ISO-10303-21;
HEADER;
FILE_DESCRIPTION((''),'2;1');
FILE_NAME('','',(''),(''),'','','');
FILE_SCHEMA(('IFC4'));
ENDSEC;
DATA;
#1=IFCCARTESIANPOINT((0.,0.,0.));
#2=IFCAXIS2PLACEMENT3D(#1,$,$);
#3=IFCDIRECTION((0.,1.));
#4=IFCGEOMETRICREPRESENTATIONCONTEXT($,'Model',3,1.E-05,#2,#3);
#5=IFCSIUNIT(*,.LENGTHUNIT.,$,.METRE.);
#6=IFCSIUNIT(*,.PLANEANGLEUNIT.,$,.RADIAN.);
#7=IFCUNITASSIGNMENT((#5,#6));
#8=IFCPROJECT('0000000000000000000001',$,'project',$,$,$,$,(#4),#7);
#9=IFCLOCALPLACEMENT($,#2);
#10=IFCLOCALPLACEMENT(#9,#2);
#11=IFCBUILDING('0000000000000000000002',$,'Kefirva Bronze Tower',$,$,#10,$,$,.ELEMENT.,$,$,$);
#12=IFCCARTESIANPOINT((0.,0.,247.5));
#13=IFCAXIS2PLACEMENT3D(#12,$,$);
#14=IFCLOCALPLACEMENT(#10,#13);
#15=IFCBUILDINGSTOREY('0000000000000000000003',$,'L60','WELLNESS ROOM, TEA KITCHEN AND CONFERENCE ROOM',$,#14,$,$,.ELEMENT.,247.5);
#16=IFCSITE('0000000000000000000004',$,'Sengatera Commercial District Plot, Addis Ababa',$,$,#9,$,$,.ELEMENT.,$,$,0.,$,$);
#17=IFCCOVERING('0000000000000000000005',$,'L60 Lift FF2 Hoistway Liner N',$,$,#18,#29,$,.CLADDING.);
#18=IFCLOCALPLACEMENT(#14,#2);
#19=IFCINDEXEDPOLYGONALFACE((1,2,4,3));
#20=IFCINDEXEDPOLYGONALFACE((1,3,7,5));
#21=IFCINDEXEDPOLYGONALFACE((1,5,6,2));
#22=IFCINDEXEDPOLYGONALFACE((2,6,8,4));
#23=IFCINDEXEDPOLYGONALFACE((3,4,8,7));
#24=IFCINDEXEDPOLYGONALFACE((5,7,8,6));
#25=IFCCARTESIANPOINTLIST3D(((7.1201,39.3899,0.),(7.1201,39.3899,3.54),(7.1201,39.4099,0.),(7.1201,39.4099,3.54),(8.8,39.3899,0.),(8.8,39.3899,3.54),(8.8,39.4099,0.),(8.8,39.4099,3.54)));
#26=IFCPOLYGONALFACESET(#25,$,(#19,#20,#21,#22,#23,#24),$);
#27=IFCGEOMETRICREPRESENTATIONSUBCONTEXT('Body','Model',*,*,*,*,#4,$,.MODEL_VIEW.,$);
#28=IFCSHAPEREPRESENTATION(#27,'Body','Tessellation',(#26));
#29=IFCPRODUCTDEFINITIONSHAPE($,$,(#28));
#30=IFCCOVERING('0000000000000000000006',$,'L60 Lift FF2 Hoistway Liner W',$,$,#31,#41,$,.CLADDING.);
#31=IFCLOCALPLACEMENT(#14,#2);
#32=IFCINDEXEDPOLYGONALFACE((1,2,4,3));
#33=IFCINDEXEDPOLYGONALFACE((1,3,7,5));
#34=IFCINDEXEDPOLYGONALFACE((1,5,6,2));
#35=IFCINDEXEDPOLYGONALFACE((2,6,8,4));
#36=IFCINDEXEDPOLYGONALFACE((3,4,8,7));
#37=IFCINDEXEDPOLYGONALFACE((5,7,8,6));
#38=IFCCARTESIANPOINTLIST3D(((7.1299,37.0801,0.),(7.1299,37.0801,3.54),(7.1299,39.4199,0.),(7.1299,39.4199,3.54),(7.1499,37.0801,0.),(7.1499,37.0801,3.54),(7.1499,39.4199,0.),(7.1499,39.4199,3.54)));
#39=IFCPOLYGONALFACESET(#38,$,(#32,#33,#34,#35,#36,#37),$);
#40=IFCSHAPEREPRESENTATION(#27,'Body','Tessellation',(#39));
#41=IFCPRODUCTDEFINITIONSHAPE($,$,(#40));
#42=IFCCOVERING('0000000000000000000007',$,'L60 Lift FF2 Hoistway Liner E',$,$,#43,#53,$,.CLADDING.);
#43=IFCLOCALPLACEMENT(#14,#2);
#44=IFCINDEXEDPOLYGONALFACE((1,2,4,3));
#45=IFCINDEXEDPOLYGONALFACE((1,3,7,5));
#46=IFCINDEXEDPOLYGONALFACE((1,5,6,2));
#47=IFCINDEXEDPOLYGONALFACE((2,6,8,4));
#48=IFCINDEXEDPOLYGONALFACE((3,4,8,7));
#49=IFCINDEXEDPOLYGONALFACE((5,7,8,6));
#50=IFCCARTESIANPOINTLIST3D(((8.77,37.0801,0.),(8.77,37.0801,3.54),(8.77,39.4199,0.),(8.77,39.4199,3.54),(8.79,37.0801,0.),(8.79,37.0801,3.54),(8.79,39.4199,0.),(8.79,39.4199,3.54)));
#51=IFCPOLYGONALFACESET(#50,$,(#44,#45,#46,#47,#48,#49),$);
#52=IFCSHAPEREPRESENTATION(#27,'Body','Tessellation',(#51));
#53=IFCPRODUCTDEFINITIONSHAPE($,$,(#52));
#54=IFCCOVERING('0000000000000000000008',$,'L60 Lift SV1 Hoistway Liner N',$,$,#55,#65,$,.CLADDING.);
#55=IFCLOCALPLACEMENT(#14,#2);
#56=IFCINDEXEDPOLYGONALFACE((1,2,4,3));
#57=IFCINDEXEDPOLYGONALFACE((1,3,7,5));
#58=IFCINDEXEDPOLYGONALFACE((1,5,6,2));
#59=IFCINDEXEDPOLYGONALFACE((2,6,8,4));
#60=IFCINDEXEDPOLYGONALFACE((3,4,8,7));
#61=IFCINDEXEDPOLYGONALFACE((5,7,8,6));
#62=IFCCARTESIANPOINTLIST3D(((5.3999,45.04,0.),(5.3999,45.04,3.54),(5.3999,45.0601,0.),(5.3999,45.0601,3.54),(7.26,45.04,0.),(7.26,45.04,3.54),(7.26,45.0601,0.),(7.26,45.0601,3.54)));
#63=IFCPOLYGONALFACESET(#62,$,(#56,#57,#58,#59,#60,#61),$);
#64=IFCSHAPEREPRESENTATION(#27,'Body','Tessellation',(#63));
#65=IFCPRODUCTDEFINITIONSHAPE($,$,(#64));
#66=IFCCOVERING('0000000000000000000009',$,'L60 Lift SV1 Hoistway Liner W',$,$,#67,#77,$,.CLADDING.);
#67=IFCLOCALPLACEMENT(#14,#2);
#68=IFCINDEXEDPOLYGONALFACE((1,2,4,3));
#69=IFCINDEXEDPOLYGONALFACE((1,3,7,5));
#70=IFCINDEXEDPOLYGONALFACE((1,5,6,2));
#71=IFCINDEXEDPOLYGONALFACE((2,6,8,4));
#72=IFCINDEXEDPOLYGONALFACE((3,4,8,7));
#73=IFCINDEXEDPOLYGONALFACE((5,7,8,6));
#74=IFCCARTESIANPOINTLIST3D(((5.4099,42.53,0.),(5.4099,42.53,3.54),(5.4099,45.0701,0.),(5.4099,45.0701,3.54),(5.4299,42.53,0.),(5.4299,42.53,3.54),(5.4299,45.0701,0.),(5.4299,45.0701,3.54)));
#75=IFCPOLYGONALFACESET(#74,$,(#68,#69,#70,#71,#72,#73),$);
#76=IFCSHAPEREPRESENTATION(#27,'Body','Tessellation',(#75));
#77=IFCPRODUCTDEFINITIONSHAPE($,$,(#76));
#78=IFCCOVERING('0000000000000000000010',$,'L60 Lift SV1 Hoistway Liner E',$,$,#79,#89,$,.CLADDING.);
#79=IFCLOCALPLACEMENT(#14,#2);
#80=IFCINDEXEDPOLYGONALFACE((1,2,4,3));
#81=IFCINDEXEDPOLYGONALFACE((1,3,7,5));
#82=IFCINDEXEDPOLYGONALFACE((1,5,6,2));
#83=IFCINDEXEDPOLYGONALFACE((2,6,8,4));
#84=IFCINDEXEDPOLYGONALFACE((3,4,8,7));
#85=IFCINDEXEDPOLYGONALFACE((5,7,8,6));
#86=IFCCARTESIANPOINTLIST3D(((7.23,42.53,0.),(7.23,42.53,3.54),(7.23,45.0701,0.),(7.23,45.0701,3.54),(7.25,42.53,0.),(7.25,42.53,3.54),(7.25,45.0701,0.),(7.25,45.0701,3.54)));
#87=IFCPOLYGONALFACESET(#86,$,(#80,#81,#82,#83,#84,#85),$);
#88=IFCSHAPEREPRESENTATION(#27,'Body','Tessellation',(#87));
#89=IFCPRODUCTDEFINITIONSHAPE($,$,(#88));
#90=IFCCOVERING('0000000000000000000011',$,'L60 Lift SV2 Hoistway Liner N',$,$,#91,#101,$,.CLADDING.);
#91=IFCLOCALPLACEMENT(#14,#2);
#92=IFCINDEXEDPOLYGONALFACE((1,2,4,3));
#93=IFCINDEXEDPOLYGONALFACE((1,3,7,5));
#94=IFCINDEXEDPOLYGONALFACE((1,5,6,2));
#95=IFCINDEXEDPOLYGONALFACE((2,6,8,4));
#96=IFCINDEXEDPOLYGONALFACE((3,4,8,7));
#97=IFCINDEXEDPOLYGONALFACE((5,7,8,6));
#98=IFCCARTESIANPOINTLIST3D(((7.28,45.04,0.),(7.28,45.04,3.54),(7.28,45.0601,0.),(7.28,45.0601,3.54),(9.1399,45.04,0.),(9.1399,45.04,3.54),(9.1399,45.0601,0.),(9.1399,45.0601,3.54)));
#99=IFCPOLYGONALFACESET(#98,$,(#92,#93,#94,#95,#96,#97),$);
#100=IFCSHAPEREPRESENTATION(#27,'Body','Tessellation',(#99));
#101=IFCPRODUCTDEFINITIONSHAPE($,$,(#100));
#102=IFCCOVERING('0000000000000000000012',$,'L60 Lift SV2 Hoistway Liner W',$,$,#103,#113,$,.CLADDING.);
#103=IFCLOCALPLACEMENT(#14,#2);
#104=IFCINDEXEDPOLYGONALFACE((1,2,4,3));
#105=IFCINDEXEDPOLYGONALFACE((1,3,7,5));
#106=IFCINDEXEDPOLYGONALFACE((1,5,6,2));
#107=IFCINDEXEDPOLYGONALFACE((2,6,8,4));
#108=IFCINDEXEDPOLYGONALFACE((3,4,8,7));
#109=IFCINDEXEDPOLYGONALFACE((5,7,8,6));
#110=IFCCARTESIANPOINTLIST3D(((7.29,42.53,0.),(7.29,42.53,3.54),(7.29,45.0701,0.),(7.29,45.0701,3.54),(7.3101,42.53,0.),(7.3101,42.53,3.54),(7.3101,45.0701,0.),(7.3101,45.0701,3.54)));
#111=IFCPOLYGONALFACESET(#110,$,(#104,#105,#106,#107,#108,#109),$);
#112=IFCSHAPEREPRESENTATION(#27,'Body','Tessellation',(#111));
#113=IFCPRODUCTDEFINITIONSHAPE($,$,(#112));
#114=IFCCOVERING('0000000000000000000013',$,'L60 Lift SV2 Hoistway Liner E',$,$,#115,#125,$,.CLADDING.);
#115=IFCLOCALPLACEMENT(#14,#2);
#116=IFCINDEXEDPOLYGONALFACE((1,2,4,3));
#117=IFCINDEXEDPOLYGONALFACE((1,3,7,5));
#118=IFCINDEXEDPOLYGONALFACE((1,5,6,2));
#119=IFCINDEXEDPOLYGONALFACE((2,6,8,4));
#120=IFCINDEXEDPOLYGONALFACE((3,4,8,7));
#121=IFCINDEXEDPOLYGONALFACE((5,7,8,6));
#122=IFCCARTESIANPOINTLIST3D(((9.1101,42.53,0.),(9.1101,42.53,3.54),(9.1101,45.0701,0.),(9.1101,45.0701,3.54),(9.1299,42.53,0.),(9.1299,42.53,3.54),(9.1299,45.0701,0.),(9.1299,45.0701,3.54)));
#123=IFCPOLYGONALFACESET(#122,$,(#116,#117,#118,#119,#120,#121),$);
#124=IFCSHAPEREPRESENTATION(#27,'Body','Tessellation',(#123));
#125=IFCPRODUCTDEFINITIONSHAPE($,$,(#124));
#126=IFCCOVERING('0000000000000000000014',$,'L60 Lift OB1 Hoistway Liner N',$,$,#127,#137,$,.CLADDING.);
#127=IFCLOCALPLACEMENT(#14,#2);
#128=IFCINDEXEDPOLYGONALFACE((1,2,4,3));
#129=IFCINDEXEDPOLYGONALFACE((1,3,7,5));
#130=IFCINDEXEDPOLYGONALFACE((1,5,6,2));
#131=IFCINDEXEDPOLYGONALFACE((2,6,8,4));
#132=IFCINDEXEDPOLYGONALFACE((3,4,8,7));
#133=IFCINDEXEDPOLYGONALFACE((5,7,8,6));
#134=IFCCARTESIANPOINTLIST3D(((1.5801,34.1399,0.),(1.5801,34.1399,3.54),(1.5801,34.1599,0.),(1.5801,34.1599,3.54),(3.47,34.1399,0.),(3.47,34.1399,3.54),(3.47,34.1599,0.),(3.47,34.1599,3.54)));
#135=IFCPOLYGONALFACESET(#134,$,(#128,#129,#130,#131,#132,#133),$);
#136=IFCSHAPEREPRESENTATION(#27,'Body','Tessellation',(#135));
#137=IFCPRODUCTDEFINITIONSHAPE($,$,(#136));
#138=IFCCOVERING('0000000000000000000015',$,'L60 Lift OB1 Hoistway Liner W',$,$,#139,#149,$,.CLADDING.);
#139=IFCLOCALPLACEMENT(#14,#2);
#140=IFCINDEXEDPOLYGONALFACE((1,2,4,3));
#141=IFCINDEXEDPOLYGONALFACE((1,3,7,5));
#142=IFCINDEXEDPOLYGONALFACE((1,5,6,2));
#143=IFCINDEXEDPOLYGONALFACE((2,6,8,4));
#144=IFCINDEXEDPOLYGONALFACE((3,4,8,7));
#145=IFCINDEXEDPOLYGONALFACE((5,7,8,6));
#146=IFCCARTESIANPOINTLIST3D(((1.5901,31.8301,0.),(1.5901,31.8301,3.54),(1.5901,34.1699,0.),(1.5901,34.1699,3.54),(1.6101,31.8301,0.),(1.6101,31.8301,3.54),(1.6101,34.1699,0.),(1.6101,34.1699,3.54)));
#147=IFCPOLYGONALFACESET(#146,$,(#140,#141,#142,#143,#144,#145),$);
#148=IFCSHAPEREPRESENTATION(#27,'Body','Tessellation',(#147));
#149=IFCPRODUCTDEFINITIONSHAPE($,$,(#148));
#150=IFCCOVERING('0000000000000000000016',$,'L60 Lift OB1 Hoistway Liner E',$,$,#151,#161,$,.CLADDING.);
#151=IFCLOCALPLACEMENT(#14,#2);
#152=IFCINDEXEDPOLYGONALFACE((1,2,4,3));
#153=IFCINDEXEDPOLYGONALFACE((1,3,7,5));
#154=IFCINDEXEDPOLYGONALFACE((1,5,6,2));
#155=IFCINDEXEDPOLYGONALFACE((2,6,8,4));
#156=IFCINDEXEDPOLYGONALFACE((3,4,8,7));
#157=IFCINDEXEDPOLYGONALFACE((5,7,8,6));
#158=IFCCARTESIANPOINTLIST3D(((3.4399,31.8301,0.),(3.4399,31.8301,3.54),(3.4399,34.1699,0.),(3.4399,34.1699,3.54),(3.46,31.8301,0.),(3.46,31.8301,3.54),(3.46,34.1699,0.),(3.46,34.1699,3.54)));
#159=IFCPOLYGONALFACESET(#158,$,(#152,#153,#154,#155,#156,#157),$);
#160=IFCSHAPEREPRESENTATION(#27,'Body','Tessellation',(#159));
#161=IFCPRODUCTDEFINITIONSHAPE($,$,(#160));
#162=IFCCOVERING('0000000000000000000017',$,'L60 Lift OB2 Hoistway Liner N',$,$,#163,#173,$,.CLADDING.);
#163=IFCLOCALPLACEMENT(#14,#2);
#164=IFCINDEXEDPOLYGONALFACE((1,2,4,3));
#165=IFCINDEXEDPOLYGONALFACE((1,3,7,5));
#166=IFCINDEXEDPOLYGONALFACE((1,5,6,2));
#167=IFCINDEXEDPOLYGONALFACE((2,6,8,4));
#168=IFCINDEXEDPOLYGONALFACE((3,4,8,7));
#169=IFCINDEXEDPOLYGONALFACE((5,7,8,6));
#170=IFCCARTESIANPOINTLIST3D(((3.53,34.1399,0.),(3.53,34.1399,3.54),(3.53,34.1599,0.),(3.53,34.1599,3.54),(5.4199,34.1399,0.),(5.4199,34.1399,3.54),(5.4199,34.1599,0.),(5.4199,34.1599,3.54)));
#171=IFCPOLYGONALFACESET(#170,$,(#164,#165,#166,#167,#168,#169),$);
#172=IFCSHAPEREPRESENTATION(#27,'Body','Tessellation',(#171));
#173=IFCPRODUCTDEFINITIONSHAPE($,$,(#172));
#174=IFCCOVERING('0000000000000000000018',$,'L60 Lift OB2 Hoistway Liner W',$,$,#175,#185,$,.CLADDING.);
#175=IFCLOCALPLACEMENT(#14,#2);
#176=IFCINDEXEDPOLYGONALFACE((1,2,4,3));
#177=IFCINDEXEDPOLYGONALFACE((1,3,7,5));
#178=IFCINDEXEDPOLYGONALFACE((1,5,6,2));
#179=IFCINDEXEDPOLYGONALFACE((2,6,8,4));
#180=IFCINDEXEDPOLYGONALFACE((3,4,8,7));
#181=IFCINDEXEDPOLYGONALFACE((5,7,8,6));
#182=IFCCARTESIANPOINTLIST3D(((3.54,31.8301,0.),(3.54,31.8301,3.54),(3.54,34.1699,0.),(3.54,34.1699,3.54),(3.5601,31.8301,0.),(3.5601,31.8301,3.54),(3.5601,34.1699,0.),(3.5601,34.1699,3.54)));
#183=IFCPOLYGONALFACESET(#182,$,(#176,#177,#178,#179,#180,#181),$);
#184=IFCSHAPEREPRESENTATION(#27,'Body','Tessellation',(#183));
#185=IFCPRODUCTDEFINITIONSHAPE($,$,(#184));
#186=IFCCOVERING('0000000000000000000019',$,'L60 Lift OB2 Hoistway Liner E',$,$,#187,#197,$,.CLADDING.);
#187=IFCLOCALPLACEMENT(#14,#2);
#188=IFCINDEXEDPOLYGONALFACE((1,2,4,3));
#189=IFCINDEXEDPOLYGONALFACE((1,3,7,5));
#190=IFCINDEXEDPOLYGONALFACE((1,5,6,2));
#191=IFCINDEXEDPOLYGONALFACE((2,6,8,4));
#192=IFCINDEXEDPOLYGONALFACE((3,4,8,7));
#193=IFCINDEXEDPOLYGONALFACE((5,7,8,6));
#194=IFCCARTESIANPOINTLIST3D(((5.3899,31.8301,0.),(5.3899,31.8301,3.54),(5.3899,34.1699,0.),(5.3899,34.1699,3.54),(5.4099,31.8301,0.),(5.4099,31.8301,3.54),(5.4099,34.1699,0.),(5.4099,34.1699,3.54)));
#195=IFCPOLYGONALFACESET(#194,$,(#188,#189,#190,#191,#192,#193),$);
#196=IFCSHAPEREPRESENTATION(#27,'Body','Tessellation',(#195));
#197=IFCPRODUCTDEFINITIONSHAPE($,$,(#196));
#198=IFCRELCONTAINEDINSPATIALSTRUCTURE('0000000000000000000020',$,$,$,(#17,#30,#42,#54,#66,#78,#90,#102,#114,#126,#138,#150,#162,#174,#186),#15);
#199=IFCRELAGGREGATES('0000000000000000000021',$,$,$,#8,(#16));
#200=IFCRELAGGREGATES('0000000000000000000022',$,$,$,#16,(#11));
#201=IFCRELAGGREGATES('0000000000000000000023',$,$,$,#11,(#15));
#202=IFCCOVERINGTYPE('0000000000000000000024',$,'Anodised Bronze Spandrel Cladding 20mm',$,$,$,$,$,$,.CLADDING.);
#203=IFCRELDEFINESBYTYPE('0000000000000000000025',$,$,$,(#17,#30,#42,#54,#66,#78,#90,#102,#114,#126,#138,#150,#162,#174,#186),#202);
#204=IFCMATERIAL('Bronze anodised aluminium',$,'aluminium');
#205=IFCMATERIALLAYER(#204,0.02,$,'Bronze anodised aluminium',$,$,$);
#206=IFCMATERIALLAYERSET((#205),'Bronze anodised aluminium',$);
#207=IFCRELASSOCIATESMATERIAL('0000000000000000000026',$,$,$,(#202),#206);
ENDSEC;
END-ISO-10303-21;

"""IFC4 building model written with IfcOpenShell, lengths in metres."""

from ifc_helpers import new_model, si_unit, direction, frame, origin, place, context, subcontext, project, spatial, polyline, outline, extrude, material, layer, layer_set, type_object, element, save


model = new_model("IFC4")

# Units and contexts
model_context = context("Model", 3, precision=1e-05, world=origin(), true_north=direction((0.0, 1.0)))
body_context = subcontext(model_context, "Body", "Model", "MODEL_VIEW")
ifc_project = project(units=[si_unit("LENGTHUNIT", "METRE"), si_unit("PLANEANGLEUNIT", "RADIAN")], contexts=[model_context])

# Site, building, storey
site_placement = place(None, origin())
site = spatial("IfcSite", under=ifc_project, at=site_placement, Name="Sengatera Commercial District Plot, Addis Ababa", CompositionType="ELEMENT", RefElevation=0.0)
building_placement = place(site_placement, origin())
building = spatial("IfcBuilding", under=site, at=building_placement, Name="Kefirva Bronze Tower", CompositionType="ELEMENT")
storey_placement = place(building_placement, frame((0.0, 0.0, 247.5)))
storey = spatial("IfcBuildingStorey", under=building, at=storey_placement, Name="L60", Description="WELLNESS ROOM, TEA KITCHEN AND CONFERENCE ROOM", CompositionType="ELEMENT", Elevation=247.5)

# Coverings
ifc_material_1 = material(Name="Bronze anodised aluminium", Category="aluminium")
ifc_layer_1 = layer(ifc_material_1, 0.02, Name="Bronze anodised aluminium")
ifc_layer_set_1 = layer_set([ifc_layer_1], Name="Bronze anodised aluminium")
covering_type_1 = type_object("IfcCoveringType", Name="Anodised Bronze Spandrel Cladding 20mm", PredefinedType="CLADDING", material=ifc_layer_set_1)
covering_1_placement = place(storey_placement, origin())
element("IfcCovering", 1, at=covering_1_placement, inside=storey, type_object=covering_type_1, Name="L60 Lift FF2 Hoistway Liner N", PredefinedType="CLADDING", context=body_context, shape_type="SweptSolid", body=[
    extrude(outline(polyline([(7.1201, 39.3899), (8.8, 39.3899), (8.8, 39.4099), (7.1201, 39.4099), (7.1201, 39.3899)])), origin(), (0.0, 0.0, 1.0), 3.54),
])
covering_2_placement = place(storey_placement, origin())
element("IfcCovering", 2, at=covering_2_placement, inside=storey, type_object=covering_type_1, Name="L60 Lift FF2 Hoistway Liner W", PredefinedType="CLADDING", context=body_context, shape_type="SweptSolid", body=[
    extrude(outline(polyline([(7.1299, 37.0801), (7.1499, 37.0801), (7.1499, 39.4199), (7.1299, 39.4199), (7.1299, 37.0801)])), origin(), (0.0, 0.0, 1.0), 3.54),
])
covering_3_placement = place(storey_placement, origin())
element("IfcCovering", 3, at=covering_3_placement, inside=storey, type_object=covering_type_1, Name="L60 Lift FF2 Hoistway Liner E", PredefinedType="CLADDING", context=body_context, shape_type="SweptSolid", body=[
    extrude(outline(polyline([(8.77, 37.0801), (8.79, 37.0801), (8.79, 39.4199), (8.77, 39.4199), (8.77, 37.0801)])), origin(), (0.0, 0.0, 1.0), 3.54),
])
covering_4_placement = place(storey_placement, origin())
element("IfcCovering", 4, at=covering_4_placement, inside=storey, type_object=covering_type_1, Name="L60 Lift SV1 Hoistway Liner N", PredefinedType="CLADDING", context=body_context, shape_type="SweptSolid", body=[
    extrude(outline(polyline([(5.3999, 45.04), (7.26, 45.04), (7.26, 45.0601), (5.3999, 45.0601), (5.3999, 45.04)])), origin(), (0.0, 0.0, 1.0), 3.54),
])
covering_5_placement = place(storey_placement, origin())
element("IfcCovering", 5, at=covering_5_placement, inside=storey, type_object=covering_type_1, Name="L60 Lift SV1 Hoistway Liner W", PredefinedType="CLADDING", context=body_context, shape_type="SweptSolid", body=[
    extrude(outline(polyline([(5.4099, 42.53), (5.4299, 42.53), (5.4299, 45.0701), (5.4099, 45.0701), (5.4099, 42.53)])), origin(), (0.0, 0.0, 1.0), 3.54),
])
covering_6_placement = place(storey_placement, origin())
element("IfcCovering", 6, at=covering_6_placement, inside=storey, type_object=covering_type_1, Name="L60 Lift SV1 Hoistway Liner E", PredefinedType="CLADDING", context=body_context, shape_type="SweptSolid", body=[
    extrude(outline(polyline([(7.23, 42.53), (7.25, 42.53), (7.25, 45.0701), (7.23, 45.0701), (7.23, 42.53)])), origin(), (0.0, 0.0, 1.0), 3.54),
])
covering_7_placement = place(storey_placement, origin())
element("IfcCovering", 7, at=covering_7_placement, inside=storey, type_object=covering_type_1, Name="L60 Lift SV2 Hoistway Liner N", PredefinedType="CLADDING", context=body_context, shape_type="SweptSolid", body=[
    extrude(outline(polyline([(7.28, 45.04), (9.1399, 45.04), (9.1399, 45.0601), (7.28, 45.0601), (7.28, 45.04)])), origin(), (0.0, 0.0, 1.0), 3.54),
])
covering_8_placement = place(storey_placement, origin())
element("IfcCovering", 8, at=covering_8_placement, inside=storey, type_object=covering_type_1, Name="L60 Lift SV2 Hoistway Liner W", PredefinedType="CLADDING", context=body_context, shape_type="SweptSolid", body=[
    extrude(outline(polyline([(7.29, 42.53), (7.3101, 42.53), (7.3101, 45.0701), (7.29, 45.0701), (7.29, 42.53)])), origin(), (0.0, 0.0, 1.0), 3.54),
])
covering_9_placement = place(storey_placement, origin())
element("IfcCovering", 9, at=covering_9_placement, inside=storey, type_object=covering_type_1, Name="L60 Lift SV2 Hoistway Liner E", PredefinedType="CLADDING", context=body_context, shape_type="SweptSolid", body=[
    extrude(outline(polyline([(9.1101, 42.53), (9.1299, 42.53), (9.1299, 45.0701), (9.1101, 45.0701), (9.1101, 42.53)])), origin(), (0.0, 0.0, 1.0), 3.54),
])
covering_10_placement = place(storey_placement, origin())
element("IfcCovering", 10, at=covering_10_placement, inside=storey, type_object=covering_type_1, Name="L60 Lift OB1 Hoistway Liner N", PredefinedType="CLADDING", context=body_context, shape_type="SweptSolid", body=[
    extrude(outline(polyline([(1.5801, 34.1399), (3.47, 34.1399), (3.47, 34.1599), (1.5801, 34.1599), (1.5801, 34.1399)])), origin(), (0.0, 0.0, 1.0), 3.54),
])
covering_11_placement = place(storey_placement, origin())
element("IfcCovering", 11, at=covering_11_placement, inside=storey, type_object=covering_type_1, Name="L60 Lift OB1 Hoistway Liner W", PredefinedType="CLADDING", context=body_context, shape_type="SweptSolid", body=[
    extrude(outline(polyline([(1.5901, 31.8301), (1.6101, 31.8301), (1.6101, 34.1699), (1.5901, 34.1699), (1.5901, 31.8301)])), origin(), (0.0, 0.0, 1.0), 3.54),
])
covering_12_placement = place(storey_placement, origin())
element("IfcCovering", 12, at=covering_12_placement, inside=storey, type_object=covering_type_1, Name="L60 Lift OB1 Hoistway Liner E", PredefinedType="CLADDING", context=body_context, shape_type="SweptSolid", body=[
    extrude(outline(polyline([(3.4399, 31.8301), (3.46, 31.8301), (3.46, 34.1699), (3.4399, 34.1699), (3.4399, 31.8301)])), origin(), (0.0, 0.0, 1.0), 3.54),
])
covering_13_placement = place(storey_placement, origin())
element("IfcCovering", 13, at=covering_13_placement, inside=storey, type_object=covering_type_1, Name="L60 Lift OB2 Hoistway Liner N", PredefinedType="CLADDING", context=body_context, shape_type="SweptSolid", body=[
    extrude(outline(polyline([(3.53, 34.1399), (5.4199, 34.1399), (5.4199, 34.1599), (3.53, 34.1599), (3.53, 34.1399)])), origin(), (0.0, 0.0, 1.0), 3.54),
])
covering_14_placement = place(storey_placement, origin())
element("IfcCovering", 14, at=covering_14_placement, inside=storey, type_object=covering_type_1, Name="L60 Lift OB2 Hoistway Liner W", PredefinedType="CLADDING", context=body_context, shape_type="SweptSolid", body=[
    extrude(outline(polyline([(3.54, 31.8301), (3.5601, 31.8301), (3.5601, 34.1699), (3.54, 34.1699), (3.54, 31.8301)])), origin(), (0.0, 0.0, 1.0), 3.54),
])
covering_15_placement = place(storey_placement, origin())
element("IfcCovering", 15, at=covering_15_placement, inside=storey, type_object=covering_type_1, Name="L60 Lift OB2 Hoistway Liner E", PredefinedType="CLADDING", context=body_context, shape_type="SweptSolid", body=[
    extrude(outline(polyline([(5.3899, 31.8301), (5.4099, 31.8301), (5.4099, 34.1699), (5.3899, 34.1699), (5.3899, 31.8301)])), origin(), (0.0, 0.0, 1.0), 3.54),
])

save(model, "model.ifc")
